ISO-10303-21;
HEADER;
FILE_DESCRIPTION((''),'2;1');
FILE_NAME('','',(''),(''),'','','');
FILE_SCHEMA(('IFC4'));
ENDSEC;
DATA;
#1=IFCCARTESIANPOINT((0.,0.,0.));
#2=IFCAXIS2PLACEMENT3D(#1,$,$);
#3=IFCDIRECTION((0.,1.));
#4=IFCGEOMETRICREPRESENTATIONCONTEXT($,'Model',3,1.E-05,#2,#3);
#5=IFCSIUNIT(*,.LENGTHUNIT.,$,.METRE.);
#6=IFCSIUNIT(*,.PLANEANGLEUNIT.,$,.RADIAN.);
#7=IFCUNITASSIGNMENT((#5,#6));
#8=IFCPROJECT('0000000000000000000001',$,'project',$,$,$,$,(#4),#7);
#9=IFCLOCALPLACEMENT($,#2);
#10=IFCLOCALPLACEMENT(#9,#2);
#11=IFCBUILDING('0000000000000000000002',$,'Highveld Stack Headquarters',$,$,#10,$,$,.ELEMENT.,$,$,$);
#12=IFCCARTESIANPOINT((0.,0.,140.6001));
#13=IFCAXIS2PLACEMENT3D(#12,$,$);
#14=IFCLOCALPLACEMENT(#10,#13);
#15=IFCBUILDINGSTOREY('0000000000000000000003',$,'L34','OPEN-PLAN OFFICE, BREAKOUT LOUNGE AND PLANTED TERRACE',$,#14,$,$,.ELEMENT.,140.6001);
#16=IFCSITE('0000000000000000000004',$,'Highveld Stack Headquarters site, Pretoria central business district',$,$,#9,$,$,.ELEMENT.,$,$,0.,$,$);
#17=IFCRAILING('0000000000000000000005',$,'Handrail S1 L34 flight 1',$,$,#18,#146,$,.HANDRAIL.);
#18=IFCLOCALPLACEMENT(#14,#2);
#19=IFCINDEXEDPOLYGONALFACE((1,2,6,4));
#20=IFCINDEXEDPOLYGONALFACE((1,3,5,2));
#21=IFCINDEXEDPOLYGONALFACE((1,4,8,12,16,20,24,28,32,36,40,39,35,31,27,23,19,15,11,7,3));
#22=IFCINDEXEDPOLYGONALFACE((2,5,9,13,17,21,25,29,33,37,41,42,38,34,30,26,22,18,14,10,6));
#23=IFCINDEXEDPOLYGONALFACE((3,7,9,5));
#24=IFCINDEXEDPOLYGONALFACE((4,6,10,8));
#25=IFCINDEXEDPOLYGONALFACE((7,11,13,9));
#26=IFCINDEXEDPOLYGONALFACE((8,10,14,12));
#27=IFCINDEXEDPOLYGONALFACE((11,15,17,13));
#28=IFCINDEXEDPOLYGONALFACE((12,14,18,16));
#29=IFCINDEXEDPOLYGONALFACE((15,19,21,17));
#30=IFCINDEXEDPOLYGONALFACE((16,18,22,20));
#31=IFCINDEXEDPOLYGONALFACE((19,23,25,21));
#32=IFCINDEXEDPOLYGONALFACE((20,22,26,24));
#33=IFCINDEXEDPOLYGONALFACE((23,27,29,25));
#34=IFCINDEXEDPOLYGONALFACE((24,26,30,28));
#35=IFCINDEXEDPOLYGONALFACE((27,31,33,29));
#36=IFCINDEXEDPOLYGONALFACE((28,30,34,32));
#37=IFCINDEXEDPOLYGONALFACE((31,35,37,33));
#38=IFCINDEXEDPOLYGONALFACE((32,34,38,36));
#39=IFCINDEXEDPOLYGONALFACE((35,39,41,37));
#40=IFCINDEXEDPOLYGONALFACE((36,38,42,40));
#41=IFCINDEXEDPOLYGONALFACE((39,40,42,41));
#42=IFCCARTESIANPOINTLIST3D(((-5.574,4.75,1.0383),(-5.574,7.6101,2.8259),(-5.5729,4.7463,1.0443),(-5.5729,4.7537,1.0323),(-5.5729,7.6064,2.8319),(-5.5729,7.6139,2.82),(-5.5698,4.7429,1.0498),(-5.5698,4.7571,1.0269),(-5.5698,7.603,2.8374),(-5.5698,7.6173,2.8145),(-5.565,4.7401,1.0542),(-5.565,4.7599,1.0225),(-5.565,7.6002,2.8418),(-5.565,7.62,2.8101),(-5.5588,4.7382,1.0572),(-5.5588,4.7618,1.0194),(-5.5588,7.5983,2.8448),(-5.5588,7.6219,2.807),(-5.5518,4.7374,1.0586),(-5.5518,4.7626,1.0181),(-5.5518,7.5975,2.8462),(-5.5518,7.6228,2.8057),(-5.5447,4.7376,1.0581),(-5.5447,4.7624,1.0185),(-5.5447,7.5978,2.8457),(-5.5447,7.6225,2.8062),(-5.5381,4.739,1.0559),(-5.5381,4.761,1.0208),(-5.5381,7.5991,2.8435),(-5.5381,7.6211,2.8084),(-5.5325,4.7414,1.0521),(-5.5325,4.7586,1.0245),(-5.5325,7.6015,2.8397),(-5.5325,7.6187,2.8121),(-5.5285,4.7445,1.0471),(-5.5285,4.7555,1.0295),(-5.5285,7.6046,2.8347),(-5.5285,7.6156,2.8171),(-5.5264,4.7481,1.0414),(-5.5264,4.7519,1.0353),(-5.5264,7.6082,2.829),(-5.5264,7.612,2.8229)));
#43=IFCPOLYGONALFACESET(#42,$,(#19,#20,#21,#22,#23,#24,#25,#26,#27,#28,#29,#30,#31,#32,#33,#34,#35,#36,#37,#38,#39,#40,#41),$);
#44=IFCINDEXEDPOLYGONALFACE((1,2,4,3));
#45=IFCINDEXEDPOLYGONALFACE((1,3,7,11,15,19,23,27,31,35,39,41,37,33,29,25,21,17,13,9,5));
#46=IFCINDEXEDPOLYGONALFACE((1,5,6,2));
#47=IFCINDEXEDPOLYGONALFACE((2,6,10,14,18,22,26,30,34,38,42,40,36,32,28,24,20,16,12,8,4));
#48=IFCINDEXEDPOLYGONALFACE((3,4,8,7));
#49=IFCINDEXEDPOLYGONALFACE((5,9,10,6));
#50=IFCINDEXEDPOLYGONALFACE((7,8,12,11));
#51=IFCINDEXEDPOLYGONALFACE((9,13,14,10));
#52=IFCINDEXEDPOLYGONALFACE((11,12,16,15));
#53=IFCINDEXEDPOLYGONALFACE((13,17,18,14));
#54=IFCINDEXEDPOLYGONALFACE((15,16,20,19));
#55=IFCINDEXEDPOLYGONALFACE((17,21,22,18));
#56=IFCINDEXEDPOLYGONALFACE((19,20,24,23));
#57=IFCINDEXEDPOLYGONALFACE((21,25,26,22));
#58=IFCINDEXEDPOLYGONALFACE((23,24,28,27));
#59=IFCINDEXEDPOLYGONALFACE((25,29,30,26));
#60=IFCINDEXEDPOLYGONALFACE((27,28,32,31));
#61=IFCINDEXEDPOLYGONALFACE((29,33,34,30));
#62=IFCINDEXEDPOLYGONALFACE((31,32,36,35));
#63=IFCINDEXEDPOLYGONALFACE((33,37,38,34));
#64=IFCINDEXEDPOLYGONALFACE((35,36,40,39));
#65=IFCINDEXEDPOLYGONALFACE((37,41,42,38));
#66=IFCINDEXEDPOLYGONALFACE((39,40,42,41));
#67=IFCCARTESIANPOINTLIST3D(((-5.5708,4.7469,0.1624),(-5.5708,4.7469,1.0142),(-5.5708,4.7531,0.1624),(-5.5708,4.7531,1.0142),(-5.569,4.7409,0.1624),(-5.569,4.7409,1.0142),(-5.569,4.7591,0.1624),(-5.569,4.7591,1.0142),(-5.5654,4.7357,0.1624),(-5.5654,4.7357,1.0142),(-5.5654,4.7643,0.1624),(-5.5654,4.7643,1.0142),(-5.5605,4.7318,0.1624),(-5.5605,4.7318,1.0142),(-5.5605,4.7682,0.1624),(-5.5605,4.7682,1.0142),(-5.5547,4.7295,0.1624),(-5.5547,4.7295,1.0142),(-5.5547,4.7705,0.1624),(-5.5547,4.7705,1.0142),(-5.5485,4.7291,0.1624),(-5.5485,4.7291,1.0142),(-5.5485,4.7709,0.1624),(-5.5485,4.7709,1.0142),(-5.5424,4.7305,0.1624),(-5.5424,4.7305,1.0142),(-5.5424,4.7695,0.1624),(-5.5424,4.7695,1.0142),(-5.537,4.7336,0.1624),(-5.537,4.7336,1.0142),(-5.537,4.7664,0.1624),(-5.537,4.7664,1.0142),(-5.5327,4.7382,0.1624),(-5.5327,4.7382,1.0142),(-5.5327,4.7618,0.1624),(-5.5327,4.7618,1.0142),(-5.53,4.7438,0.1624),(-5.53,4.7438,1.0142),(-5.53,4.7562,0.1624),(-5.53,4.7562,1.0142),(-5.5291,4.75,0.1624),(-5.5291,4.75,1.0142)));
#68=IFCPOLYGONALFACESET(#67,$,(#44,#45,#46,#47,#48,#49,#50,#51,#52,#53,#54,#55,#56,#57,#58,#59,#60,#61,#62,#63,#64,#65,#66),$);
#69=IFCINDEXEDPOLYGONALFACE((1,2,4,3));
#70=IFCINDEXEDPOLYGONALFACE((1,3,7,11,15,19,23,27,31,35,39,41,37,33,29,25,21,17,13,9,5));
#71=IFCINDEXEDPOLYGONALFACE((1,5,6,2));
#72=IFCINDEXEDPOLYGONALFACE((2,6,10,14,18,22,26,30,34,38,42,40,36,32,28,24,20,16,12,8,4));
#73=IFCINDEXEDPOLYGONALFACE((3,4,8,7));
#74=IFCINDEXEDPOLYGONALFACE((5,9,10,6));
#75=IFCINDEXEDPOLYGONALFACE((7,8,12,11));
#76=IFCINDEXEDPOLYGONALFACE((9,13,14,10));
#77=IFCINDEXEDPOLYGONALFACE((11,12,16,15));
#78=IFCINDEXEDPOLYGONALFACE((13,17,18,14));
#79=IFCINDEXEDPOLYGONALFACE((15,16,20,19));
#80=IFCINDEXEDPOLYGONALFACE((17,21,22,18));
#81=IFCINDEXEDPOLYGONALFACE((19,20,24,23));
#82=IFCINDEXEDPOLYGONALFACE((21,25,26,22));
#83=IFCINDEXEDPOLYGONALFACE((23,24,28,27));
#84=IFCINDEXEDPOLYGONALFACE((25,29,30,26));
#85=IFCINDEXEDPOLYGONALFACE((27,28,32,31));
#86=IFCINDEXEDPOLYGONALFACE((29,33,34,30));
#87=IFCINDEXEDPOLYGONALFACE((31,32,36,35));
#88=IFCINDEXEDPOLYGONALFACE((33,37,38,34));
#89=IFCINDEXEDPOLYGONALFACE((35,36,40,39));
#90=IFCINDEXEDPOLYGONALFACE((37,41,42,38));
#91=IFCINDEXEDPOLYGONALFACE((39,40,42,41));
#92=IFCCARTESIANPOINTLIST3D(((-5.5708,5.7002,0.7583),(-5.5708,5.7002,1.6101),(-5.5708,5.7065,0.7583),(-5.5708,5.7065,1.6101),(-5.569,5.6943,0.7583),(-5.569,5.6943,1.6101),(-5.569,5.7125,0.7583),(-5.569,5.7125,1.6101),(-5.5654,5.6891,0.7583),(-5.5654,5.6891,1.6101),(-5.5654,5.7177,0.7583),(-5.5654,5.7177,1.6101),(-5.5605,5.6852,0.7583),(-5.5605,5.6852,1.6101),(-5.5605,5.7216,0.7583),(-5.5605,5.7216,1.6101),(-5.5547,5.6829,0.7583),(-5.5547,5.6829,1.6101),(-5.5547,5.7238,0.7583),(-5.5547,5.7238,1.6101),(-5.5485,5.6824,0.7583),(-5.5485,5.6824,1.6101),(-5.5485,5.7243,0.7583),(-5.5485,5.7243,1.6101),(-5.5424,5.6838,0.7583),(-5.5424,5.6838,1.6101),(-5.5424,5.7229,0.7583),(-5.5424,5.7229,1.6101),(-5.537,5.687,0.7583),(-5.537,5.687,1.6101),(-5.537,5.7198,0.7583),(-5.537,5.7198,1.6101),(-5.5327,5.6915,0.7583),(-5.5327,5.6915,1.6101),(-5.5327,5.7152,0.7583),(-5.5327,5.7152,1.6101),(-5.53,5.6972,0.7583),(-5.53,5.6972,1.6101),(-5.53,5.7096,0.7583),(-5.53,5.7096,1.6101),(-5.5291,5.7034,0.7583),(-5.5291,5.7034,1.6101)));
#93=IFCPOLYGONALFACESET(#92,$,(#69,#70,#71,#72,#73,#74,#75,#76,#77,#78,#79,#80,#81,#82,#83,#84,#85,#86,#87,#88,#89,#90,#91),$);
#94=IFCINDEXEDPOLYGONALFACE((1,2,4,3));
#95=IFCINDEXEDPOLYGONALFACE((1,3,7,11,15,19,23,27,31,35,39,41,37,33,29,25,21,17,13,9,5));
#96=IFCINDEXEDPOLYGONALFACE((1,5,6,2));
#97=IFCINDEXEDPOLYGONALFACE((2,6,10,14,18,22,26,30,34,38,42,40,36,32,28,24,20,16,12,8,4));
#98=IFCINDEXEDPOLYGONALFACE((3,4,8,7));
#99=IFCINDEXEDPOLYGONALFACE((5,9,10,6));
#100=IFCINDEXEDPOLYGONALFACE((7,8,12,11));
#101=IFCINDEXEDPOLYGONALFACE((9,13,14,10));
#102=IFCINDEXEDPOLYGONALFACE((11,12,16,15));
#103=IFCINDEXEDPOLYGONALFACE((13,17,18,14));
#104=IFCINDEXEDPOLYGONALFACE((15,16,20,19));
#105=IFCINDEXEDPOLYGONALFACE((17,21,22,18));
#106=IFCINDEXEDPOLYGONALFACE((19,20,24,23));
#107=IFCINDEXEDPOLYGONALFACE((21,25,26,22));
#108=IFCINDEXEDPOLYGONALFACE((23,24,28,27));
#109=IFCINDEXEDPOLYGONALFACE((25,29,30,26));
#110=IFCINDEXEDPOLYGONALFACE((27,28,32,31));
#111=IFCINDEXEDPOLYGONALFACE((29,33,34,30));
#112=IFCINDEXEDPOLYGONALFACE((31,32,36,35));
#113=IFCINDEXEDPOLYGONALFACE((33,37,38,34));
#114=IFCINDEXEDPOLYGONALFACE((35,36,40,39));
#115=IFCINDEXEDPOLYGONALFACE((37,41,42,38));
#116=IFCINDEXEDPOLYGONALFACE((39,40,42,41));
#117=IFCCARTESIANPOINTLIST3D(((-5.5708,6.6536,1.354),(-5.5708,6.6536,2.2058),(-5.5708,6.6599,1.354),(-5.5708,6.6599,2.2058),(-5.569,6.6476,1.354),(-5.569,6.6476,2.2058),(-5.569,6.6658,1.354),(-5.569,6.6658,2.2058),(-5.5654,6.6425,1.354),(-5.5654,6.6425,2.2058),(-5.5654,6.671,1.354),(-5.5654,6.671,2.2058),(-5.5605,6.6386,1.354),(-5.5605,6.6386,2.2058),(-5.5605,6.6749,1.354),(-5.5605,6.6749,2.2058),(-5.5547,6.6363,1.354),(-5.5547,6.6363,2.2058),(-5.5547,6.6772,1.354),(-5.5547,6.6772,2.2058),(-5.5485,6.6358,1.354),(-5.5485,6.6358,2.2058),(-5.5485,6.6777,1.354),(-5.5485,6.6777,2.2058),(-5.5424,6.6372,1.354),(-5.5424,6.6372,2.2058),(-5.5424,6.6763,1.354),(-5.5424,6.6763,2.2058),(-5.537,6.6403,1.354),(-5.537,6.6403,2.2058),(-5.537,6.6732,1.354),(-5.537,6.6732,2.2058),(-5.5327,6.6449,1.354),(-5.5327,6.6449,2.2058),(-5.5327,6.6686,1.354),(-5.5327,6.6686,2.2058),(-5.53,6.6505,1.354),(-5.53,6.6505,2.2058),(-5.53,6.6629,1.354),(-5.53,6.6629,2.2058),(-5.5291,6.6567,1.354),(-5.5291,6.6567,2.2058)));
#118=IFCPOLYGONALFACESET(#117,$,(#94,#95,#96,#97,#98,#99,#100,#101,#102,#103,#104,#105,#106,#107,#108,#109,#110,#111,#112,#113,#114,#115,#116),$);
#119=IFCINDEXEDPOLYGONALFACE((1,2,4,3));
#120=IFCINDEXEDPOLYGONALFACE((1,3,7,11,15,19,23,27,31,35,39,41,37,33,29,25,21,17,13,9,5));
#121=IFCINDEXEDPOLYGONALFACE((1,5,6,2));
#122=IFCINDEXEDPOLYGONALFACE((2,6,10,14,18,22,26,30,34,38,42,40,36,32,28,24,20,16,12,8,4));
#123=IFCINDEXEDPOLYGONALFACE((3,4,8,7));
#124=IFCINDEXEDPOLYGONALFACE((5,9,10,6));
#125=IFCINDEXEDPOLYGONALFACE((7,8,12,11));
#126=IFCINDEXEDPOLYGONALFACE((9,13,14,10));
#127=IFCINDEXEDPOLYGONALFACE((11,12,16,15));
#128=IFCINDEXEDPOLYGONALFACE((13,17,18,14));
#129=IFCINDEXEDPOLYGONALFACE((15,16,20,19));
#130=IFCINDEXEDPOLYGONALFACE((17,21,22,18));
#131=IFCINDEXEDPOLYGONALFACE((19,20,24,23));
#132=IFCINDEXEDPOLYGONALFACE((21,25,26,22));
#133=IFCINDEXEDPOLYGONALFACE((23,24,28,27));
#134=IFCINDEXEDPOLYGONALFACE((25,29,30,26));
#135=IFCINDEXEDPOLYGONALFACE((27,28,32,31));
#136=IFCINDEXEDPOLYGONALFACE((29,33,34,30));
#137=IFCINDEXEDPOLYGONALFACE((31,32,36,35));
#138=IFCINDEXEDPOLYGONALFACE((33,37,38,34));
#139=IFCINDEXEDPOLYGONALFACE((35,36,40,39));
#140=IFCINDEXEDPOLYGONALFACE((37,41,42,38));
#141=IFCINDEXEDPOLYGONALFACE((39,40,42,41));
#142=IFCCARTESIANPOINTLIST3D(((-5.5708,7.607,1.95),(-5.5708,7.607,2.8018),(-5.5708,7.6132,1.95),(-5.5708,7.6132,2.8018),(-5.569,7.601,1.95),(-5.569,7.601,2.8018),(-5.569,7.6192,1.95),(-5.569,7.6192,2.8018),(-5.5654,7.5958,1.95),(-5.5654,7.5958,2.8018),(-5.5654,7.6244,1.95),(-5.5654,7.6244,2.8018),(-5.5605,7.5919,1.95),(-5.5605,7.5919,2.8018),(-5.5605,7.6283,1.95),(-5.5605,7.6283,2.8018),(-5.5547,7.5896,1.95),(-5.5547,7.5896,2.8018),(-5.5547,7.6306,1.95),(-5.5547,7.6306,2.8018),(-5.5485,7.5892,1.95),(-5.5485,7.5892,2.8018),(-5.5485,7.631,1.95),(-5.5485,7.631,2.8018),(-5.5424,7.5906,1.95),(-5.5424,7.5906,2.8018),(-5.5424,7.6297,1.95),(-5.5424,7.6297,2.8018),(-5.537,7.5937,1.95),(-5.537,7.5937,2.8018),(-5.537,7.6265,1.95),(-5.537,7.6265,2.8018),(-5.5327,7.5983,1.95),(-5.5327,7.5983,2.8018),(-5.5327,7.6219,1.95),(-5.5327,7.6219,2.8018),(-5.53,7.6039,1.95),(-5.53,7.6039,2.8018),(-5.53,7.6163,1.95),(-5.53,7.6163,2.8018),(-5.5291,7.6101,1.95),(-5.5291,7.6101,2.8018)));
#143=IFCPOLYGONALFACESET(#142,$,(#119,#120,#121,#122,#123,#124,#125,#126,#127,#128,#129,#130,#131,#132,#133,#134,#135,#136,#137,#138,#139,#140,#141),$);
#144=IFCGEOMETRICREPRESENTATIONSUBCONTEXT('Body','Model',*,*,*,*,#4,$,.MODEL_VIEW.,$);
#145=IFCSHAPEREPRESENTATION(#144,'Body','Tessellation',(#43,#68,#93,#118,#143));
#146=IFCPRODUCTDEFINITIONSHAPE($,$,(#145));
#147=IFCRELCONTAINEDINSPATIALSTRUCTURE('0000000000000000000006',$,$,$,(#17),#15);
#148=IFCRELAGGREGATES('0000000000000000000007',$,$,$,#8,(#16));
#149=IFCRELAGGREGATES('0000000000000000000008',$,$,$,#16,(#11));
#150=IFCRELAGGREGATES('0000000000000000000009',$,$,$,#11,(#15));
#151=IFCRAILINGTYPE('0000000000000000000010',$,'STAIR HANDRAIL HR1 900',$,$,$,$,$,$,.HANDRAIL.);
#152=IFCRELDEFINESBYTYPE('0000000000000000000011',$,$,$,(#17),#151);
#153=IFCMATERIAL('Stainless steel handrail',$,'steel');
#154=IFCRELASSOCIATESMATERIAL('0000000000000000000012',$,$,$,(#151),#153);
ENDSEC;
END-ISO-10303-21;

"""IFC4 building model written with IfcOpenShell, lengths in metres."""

from ifc_helpers import new_model, si_unit, direction, frame, origin, origin_2d, place, context, subcontext, project, spatial, circle, extrude, material, type_object, element, save


model = new_model("IFC4")

# Units and contexts
model_context = context("Model", 3, precision=1e-05, world=origin(), true_north=direction((0.0, 1.0)))
body_context = subcontext(model_context, "Body", "Model", "MODEL_VIEW")
ifc_project = project(units=[si_unit("LENGTHUNIT", "METRE"), si_unit("PLANEANGLEUNIT", "RADIAN")], contexts=[model_context])

# Site, building, storey
site_placement = place(None, origin())
site = spatial("IfcSite", under=ifc_project, at=site_placement, Name="Highveld Stack Headquarters site, Pretoria central business district", CompositionType="ELEMENT", RefElevation=0.0)
building_placement = place(site_placement, origin())
building = spatial("IfcBuilding", under=site, at=building_placement, Name="Highveld Stack Headquarters", CompositionType="ELEMENT")
storey_placement = place(building_placement, frame((0.0, 0.0, 140.6001)))
storey = spatial("IfcBuildingStorey", under=building, at=storey_placement, Name="L34", Description="OPEN-PLAN OFFICE, BREAKOUT LOUNGE AND PLANTED TERRACE", CompositionType="ELEMENT", Elevation=140.6001)

# Railing
ifc_material_1 = material(Name="Stainless steel handrail", Category="steel")
railing_type = type_object("IfcRailingType", Name="STAIR HANDRAIL HR1 900", PredefinedType="HANDRAIL", material=ifc_material_1)
for number, where, name in (
    (1, (-5.55, 4.75, 0.1624), "Handrail S1 L34 flight 1"),
):
    element("IfcRailing", number, at=place(storey_placement, frame(where)), inside=storey, type_object=railing_type, Name=name, PredefinedType="HANDRAIL", context=body_context, shape_type="SweptSolid", body=[
        extrude(circle(Radius=0.0239, at=origin_2d()), frame((0.0, 0.0, 0.876), z_axis=(0.0, 0.847994, 0.530005), x_axis=(-1.0, 0.0, 0.0)), (0.0, 0.0, 1.0), 3.3728),
        extrude(circle(Radius=0.021, at=origin_2d()), origin(), (0.0, 0.0, 1.0), 0.8518),
        extrude(circle(Radius=0.021, at=origin_2d()), frame((0.0, 0.9534, 0.5959)), (0.0, 0.0, 1.0), 0.8518),
        extrude(circle(Radius=0.021, at=origin_2d()), frame((0.0, 1.9067, 1.1917)), (0.0, 0.0, 1.0), 0.8518),
        extrude(circle(Radius=0.021, at=origin_2d()), frame((0.0, 2.8601, 1.7876)), (0.0, 0.0, 1.0), 0.8518),
    ])

save(model, "model.ifc")
